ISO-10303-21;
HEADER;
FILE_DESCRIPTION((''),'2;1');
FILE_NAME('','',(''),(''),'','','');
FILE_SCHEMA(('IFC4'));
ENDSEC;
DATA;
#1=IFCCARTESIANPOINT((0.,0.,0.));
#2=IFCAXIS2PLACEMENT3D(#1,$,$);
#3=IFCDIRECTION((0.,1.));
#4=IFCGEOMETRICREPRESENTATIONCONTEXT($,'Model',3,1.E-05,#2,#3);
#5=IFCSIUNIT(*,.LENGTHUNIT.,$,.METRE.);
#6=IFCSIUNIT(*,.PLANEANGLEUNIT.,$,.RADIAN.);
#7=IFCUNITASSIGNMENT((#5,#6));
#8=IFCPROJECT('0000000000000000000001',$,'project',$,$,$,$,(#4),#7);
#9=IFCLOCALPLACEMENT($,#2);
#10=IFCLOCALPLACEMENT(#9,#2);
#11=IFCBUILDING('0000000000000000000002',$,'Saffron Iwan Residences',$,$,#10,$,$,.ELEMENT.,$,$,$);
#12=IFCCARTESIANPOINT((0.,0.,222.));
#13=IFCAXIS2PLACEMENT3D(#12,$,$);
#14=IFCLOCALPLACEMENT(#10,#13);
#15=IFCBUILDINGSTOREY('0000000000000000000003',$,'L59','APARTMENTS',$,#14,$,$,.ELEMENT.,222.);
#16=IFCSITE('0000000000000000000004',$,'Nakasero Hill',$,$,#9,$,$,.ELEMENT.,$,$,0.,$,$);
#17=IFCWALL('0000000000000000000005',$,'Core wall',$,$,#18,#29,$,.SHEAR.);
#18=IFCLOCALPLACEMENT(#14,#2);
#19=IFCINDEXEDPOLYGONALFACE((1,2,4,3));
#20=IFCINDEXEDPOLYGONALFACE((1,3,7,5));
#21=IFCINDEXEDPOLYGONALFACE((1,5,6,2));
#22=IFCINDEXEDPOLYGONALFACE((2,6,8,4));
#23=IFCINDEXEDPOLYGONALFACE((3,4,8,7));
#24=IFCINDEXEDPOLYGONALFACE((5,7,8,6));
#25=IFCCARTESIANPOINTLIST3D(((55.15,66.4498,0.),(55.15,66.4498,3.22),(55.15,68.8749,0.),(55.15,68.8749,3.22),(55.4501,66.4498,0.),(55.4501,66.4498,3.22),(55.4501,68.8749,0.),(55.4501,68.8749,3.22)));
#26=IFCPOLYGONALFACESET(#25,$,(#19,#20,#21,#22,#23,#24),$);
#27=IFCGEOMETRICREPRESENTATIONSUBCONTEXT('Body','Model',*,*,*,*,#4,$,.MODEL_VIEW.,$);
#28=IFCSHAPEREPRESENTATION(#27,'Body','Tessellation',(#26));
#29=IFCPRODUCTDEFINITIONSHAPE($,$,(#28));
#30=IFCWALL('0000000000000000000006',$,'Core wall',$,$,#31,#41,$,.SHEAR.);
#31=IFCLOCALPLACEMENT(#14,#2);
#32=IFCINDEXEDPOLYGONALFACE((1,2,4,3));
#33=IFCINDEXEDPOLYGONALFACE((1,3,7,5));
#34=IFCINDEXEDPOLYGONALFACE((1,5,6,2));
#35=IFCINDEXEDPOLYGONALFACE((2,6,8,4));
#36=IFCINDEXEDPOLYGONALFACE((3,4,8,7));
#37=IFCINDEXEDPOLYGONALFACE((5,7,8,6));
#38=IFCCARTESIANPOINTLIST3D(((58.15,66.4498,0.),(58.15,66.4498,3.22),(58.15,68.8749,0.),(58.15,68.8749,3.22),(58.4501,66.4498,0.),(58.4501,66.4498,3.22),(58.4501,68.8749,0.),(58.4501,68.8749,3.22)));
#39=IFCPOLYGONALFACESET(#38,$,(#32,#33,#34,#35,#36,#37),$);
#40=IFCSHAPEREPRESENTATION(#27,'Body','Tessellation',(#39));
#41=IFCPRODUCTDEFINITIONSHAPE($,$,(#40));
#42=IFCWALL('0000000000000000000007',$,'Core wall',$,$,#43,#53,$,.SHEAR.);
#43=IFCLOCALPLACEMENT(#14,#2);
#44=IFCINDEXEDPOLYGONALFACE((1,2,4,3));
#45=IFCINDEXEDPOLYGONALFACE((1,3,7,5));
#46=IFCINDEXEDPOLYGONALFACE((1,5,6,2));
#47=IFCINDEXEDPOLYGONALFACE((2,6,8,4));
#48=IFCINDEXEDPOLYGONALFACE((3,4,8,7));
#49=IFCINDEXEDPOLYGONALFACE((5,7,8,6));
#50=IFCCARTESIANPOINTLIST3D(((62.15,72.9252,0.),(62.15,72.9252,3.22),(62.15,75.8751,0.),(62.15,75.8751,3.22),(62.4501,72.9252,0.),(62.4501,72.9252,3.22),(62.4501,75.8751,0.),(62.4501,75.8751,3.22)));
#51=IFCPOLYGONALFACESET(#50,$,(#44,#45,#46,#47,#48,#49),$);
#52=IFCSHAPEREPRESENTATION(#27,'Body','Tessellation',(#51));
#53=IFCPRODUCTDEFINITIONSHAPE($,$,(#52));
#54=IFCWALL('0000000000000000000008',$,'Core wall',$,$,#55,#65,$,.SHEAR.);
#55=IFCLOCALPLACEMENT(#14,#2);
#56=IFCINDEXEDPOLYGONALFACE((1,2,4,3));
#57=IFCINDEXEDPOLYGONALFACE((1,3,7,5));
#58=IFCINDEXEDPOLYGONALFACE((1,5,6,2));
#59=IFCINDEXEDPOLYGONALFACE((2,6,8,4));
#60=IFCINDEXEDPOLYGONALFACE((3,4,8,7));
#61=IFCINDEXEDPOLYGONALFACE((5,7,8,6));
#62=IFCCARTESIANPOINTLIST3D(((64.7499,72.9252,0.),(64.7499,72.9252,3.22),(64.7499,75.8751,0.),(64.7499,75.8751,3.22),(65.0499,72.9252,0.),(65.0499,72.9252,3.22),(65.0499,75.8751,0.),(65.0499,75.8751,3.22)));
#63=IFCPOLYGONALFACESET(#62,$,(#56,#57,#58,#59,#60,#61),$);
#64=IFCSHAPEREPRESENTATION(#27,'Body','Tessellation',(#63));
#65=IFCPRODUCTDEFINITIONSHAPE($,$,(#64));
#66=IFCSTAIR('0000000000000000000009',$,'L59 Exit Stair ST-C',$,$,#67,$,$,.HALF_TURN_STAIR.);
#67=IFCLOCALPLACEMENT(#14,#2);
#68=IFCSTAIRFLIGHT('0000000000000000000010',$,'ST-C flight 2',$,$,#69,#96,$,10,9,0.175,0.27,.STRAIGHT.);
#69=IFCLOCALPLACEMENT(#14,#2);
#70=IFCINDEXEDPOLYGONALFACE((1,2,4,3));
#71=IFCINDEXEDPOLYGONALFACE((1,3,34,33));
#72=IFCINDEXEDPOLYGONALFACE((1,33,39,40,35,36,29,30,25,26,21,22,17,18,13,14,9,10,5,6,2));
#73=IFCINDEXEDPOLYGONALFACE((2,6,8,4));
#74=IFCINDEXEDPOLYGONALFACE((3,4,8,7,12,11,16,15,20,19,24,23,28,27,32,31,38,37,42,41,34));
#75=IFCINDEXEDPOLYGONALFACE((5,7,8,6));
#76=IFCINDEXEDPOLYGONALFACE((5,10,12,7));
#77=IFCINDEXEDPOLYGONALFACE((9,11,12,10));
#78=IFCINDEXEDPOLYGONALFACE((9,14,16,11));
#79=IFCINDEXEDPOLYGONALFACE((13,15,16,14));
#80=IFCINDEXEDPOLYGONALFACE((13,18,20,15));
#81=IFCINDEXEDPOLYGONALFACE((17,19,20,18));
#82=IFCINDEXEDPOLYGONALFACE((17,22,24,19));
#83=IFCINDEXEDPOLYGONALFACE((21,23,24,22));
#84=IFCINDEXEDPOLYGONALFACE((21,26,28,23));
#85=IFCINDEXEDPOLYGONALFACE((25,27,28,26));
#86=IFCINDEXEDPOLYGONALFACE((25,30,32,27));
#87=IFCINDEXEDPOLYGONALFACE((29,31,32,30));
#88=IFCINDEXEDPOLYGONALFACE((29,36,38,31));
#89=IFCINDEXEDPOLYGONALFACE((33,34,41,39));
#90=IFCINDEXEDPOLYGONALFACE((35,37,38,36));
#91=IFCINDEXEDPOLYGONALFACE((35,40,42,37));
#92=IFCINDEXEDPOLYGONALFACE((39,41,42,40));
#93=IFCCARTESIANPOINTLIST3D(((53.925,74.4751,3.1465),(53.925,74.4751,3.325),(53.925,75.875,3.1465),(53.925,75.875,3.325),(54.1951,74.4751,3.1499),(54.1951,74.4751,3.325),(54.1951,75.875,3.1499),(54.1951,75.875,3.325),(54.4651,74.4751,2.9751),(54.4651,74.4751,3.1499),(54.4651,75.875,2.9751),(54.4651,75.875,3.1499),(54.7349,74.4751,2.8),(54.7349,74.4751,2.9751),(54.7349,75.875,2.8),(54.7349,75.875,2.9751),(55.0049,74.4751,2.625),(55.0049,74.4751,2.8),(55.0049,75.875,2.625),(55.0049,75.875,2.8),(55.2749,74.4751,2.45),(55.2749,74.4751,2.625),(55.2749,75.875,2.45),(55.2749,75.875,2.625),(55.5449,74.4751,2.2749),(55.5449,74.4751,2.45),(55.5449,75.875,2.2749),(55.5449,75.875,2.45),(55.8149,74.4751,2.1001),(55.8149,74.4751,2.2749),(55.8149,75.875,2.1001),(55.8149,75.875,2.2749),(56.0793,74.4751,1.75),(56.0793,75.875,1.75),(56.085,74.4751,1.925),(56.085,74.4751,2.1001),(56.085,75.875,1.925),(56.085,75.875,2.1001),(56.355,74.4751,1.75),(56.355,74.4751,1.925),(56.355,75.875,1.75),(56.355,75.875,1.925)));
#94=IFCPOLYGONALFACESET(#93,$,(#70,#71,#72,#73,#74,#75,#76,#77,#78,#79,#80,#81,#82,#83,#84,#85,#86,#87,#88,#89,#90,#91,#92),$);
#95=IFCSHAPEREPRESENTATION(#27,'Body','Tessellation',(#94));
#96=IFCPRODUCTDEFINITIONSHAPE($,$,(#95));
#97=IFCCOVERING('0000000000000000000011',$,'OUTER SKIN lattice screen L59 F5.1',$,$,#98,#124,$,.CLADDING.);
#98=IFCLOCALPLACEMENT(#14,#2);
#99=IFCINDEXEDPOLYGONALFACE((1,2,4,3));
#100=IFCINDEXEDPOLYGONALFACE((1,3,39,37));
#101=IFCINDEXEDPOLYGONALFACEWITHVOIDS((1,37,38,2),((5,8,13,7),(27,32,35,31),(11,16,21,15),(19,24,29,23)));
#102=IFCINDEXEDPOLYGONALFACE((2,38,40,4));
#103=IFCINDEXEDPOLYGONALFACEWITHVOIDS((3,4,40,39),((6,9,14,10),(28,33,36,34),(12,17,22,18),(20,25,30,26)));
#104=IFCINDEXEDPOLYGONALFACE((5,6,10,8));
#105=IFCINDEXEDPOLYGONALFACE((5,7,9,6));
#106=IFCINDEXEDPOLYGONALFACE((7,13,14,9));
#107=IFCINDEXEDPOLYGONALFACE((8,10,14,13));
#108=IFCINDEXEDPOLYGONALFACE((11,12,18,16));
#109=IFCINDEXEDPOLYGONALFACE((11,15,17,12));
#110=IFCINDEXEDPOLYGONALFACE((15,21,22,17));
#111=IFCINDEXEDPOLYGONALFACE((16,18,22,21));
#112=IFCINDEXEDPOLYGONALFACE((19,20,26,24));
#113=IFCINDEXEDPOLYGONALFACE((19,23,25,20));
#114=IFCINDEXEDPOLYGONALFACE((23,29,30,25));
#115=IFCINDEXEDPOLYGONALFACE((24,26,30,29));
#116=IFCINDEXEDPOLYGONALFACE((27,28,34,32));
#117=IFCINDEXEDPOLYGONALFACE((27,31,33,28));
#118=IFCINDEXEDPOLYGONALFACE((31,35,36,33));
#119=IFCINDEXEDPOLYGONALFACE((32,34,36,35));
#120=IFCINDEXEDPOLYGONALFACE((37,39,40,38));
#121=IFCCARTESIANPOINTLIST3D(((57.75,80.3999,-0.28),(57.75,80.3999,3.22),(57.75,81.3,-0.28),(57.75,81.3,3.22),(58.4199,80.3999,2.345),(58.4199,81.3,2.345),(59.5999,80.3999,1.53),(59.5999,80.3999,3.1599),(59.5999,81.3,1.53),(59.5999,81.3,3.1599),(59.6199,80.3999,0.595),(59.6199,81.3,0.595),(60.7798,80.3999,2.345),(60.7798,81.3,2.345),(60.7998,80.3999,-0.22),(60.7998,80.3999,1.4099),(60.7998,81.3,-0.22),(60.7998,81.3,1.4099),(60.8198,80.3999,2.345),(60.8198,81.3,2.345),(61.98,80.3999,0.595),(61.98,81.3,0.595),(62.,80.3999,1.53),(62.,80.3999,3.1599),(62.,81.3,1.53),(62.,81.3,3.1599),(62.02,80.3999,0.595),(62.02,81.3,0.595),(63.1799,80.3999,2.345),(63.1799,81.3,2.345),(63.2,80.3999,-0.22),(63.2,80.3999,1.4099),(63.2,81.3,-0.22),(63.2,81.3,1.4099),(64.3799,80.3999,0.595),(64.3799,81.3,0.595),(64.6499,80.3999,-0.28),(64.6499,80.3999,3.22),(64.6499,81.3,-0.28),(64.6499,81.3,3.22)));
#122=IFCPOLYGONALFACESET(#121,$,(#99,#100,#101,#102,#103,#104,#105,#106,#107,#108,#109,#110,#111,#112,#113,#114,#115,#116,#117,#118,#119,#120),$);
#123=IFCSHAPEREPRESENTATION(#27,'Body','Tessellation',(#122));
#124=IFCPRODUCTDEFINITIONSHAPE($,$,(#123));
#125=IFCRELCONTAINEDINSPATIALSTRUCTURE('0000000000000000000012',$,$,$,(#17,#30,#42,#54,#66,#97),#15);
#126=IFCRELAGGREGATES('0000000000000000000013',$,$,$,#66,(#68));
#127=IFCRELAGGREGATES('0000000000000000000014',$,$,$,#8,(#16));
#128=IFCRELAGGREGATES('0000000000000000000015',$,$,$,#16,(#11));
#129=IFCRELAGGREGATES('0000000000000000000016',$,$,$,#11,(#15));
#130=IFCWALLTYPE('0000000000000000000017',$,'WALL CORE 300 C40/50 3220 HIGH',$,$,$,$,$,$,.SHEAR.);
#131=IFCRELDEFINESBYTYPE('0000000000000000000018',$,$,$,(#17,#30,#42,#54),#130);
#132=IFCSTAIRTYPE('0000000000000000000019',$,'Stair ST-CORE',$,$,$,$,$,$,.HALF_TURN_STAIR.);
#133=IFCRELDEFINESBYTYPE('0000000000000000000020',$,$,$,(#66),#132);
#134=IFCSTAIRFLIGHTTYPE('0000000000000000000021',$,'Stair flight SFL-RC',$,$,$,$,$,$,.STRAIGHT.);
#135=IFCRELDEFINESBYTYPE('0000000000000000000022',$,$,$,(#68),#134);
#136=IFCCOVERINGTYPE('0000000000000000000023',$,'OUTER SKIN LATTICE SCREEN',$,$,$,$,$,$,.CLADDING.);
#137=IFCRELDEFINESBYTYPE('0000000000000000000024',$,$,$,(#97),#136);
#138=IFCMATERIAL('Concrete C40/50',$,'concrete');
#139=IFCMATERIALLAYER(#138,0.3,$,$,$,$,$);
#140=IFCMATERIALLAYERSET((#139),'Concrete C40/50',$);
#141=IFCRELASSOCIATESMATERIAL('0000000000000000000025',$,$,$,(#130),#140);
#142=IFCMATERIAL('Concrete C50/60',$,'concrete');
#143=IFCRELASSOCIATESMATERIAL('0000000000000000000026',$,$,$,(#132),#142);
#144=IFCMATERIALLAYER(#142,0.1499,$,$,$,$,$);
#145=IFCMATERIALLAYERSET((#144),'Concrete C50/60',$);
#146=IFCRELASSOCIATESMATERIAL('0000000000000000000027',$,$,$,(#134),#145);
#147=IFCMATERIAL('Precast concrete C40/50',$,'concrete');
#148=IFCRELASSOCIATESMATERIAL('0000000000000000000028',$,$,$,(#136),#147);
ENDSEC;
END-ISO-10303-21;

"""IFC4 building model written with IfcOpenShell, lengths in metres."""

from ifc_helpers import new_model, si_unit, direction, frame, frame_2d, origin, place, context, subcontext, project, spatial, polyline, rectangle, outline, extrude, material, layer, layer_set, type_object, element, aggregate, save


model = new_model("IFC4")

# Units and contexts
model_context = context("Model", 3, precision=1e-05, world=origin(), true_north=direction((0.0, 1.0)))
body_context = subcontext(model_context, "Body", "Model", "MODEL_VIEW")
ifc_project = project(units=[si_unit("LENGTHUNIT", "METRE"), si_unit("PLANEANGLEUNIT", "RADIAN")], contexts=[model_context])

# Site, building, storey
site_placement = place(None, origin())
site = spatial("IfcSite", under=ifc_project, at=site_placement, Name="Nakasero Hill", CompositionType="ELEMENT", RefElevation=0.0)
building_placement = place(site_placement, origin())
building = spatial("IfcBuilding", under=site, at=building_placement, Name="Saffron Iwan Residences", CompositionType="ELEMENT")
storey_placement = place(building_placement, frame((0.0, 0.0, 222.0)))
storey = spatial("IfcBuildingStorey", under=building, at=storey_placement, Name="L59", Description="APARTMENTS", CompositionType="ELEMENT", Elevation=222.0)

# Shared definitions
ifc_material_1 = material(Name="Concrete C40/50", Category="concrete")

# Shared definitions
ifc_layer_1 = layer(ifc_material_1, 0.3)
ifc_layer_set_1 = layer_set([ifc_layer_1], Name="Concrete C40/50")
wall_type_1 = type_object("IfcWallType", Name="WALL CORE 300 C40/50 3220 HIGH", PredefinedType="SHEAR", material=ifc_layer_set_1)

# Walls
for number, where, z_axis, x_axis, name in (
    (1, (55.3, 66.45, 0.0), (0.0, 0.0, 1.0), (0.0, 1.0, 0.0), "Core wall"),
    (2, (58.3, 66.45, 0.0), (0.0, 0.0, 1.0), (0.0, 1.0, 0.0), "Core wall"),
):
    element("IfcWall", number, at=place(storey_placement, frame(where, z_axis=z_axis, x_axis=x_axis)), inside=storey, type_object=wall_type_1, Name=name, PredefinedType="SHEAR", context=body_context, shape_type="SweptSolid", body=[
        extrude(rectangle(XDim=2.425, YDim=0.3, at=frame_2d((1.2124, 0.0))), origin(), (0.0, 0.0, 1.0), 3.22),
    ])
for number, where, z_axis, x_axis, name in (
    (3, (62.3, 72.925, 0.0), (0.0, 0.0, 1.0), (0.0, 1.0, 0.0), "Core wall"),
    (4, (64.8999, 72.925, 0.0), (0.0, 0.0, 1.0), (0.0, 1.0, 0.0), "Core wall"),
):
    element("IfcWall", number, at=place(storey_placement, frame(where, z_axis=z_axis, x_axis=x_axis)), inside=storey, type_object=wall_type_1, Name=name, PredefinedType="SHEAR", context=body_context, shape_type="SweptSolid", body=[
        extrude(rectangle(XDim=2.95, YDim=0.3, at=frame_2d((1.4751, 0.0))), origin(), (0.0, 0.0, 1.0), 3.22),
    ])

# Stair, stair flight
ifc_material_2 = material(Name="Concrete C50/60", Category="concrete")
stair_type = type_object("IfcStairType", Name="Stair ST-CORE", PredefinedType="HALF_TURN_STAIR", material=ifc_material_2)
stair_placement = place(storey_placement, origin())
stair = element("IfcStair", 5, at=stair_placement, inside=storey, type_object=stair_type, Name="L59 Exit Stair ST-C", PredefinedType="HALF_TURN_STAIR")
ifc_layer_2 = layer(ifc_material_2, 0.1499)
ifc_layer_set_2 = layer_set([ifc_layer_2], Name="Concrete C50/60")
stair_flight_type = type_object("IfcStairFlightType", Name="Stair flight SFL-RC", PredefinedType="STRAIGHT", material=ifc_layer_set_2)
stair_flight_placement = place(storey_placement, frame((56.355, 75.175, 1.75), z_axis=(0.0, 0.0, 1.0), x_axis=(-1.0, 0.0, 0.0)))
stair_flight = element("IfcStairFlight", 6, at=stair_flight_placement, type_object=stair_flight_type, Name="ST-C flight 2", NumberOfRisers=10, NumberOfTreads=9, PredefinedType="STRAIGHT", RiserHeight=0.175, TreadLength=0.27, context=body_context, shape_type="SweptSolid", body=[
    extrude(outline(polyline([(0.0, 0.0), (0.0, 0.175), (0.27, 0.175), (0.27, 0.3501), (0.54, 0.3501), (0.54, 0.5249), (0.8101, 0.5249), (0.8101, 0.7), (1.0801, 0.7), (1.0801, 0.875), (1.3501, 0.875), (1.3501, 1.05), (1.6201, 1.05), (1.6201, 1.2251), (1.8899, 1.2251), (1.8899, 1.3999), (2.1599, 1.3999), (2.1599, 1.575), (2.4299, 1.575), (2.4299, 1.75), (2.4299, 1.3965), (0.2756, 0.0), (0.0, 0.0)])), frame((0.0, 0.7, 0.0), z_axis=(0.0, -1.0, 0.0), x_axis=(1.0, 0.0, 0.0)), (0.0, 0.0, 1.0), 1.3999),
])
aggregate(stair, [stair_flight])

# Covering
ifc_material_3 = material(Name="Precast concrete C40/50", Category="concrete")
covering_type_1 = type_object("IfcCoveringType", Name="OUTER SKIN LATTICE SCREEN", PredefinedType="CLADDING", material=ifc_material_3)
covering_placement = place(storey_placement, frame((64.6499, 80.3999, -0.28), z_axis=(0.0, 1.0, 0.0), x_axis=(-1.0, 0.0, 0.0)))
element("IfcCovering", 7, at=covering_placement, inside=storey, type_object=covering_type_1, Name="OUTER SKIN lattice screen L59 F5.1", PredefinedType="CLADDING", context=body_context, shape_type="SweptSolid", body=[
    extrude(outline(polyline([(0.0, 0.0), (6.8999, 0.0), (6.8999, 3.5), (0.0, 3.5), (0.0, 0.0)]), holes=[polyline([(0.27, 0.875), (1.45, 0.0601), (2.6299, 0.875), (1.45, 1.6899), (0.27, 0.875)]), polyline([(2.6699, 0.875), (3.8501, 0.0601), (5.03, 0.875), (3.8501, 1.6899), (2.6699, 0.875)]), polyline([(1.47, 2.625), (2.6499, 1.8101), (3.8301, 2.625), (2.6499, 3.4399), (1.47, 2.625)]), polyline([(3.8701, 2.625), (5.05, 1.8101), (6.23, 2.625), (5.05, 3.4399), (3.8701, 2.625)])]), origin(), (0.0, 0.0, 1.0), 0.9001),
])

save(model, "model.ifc")
